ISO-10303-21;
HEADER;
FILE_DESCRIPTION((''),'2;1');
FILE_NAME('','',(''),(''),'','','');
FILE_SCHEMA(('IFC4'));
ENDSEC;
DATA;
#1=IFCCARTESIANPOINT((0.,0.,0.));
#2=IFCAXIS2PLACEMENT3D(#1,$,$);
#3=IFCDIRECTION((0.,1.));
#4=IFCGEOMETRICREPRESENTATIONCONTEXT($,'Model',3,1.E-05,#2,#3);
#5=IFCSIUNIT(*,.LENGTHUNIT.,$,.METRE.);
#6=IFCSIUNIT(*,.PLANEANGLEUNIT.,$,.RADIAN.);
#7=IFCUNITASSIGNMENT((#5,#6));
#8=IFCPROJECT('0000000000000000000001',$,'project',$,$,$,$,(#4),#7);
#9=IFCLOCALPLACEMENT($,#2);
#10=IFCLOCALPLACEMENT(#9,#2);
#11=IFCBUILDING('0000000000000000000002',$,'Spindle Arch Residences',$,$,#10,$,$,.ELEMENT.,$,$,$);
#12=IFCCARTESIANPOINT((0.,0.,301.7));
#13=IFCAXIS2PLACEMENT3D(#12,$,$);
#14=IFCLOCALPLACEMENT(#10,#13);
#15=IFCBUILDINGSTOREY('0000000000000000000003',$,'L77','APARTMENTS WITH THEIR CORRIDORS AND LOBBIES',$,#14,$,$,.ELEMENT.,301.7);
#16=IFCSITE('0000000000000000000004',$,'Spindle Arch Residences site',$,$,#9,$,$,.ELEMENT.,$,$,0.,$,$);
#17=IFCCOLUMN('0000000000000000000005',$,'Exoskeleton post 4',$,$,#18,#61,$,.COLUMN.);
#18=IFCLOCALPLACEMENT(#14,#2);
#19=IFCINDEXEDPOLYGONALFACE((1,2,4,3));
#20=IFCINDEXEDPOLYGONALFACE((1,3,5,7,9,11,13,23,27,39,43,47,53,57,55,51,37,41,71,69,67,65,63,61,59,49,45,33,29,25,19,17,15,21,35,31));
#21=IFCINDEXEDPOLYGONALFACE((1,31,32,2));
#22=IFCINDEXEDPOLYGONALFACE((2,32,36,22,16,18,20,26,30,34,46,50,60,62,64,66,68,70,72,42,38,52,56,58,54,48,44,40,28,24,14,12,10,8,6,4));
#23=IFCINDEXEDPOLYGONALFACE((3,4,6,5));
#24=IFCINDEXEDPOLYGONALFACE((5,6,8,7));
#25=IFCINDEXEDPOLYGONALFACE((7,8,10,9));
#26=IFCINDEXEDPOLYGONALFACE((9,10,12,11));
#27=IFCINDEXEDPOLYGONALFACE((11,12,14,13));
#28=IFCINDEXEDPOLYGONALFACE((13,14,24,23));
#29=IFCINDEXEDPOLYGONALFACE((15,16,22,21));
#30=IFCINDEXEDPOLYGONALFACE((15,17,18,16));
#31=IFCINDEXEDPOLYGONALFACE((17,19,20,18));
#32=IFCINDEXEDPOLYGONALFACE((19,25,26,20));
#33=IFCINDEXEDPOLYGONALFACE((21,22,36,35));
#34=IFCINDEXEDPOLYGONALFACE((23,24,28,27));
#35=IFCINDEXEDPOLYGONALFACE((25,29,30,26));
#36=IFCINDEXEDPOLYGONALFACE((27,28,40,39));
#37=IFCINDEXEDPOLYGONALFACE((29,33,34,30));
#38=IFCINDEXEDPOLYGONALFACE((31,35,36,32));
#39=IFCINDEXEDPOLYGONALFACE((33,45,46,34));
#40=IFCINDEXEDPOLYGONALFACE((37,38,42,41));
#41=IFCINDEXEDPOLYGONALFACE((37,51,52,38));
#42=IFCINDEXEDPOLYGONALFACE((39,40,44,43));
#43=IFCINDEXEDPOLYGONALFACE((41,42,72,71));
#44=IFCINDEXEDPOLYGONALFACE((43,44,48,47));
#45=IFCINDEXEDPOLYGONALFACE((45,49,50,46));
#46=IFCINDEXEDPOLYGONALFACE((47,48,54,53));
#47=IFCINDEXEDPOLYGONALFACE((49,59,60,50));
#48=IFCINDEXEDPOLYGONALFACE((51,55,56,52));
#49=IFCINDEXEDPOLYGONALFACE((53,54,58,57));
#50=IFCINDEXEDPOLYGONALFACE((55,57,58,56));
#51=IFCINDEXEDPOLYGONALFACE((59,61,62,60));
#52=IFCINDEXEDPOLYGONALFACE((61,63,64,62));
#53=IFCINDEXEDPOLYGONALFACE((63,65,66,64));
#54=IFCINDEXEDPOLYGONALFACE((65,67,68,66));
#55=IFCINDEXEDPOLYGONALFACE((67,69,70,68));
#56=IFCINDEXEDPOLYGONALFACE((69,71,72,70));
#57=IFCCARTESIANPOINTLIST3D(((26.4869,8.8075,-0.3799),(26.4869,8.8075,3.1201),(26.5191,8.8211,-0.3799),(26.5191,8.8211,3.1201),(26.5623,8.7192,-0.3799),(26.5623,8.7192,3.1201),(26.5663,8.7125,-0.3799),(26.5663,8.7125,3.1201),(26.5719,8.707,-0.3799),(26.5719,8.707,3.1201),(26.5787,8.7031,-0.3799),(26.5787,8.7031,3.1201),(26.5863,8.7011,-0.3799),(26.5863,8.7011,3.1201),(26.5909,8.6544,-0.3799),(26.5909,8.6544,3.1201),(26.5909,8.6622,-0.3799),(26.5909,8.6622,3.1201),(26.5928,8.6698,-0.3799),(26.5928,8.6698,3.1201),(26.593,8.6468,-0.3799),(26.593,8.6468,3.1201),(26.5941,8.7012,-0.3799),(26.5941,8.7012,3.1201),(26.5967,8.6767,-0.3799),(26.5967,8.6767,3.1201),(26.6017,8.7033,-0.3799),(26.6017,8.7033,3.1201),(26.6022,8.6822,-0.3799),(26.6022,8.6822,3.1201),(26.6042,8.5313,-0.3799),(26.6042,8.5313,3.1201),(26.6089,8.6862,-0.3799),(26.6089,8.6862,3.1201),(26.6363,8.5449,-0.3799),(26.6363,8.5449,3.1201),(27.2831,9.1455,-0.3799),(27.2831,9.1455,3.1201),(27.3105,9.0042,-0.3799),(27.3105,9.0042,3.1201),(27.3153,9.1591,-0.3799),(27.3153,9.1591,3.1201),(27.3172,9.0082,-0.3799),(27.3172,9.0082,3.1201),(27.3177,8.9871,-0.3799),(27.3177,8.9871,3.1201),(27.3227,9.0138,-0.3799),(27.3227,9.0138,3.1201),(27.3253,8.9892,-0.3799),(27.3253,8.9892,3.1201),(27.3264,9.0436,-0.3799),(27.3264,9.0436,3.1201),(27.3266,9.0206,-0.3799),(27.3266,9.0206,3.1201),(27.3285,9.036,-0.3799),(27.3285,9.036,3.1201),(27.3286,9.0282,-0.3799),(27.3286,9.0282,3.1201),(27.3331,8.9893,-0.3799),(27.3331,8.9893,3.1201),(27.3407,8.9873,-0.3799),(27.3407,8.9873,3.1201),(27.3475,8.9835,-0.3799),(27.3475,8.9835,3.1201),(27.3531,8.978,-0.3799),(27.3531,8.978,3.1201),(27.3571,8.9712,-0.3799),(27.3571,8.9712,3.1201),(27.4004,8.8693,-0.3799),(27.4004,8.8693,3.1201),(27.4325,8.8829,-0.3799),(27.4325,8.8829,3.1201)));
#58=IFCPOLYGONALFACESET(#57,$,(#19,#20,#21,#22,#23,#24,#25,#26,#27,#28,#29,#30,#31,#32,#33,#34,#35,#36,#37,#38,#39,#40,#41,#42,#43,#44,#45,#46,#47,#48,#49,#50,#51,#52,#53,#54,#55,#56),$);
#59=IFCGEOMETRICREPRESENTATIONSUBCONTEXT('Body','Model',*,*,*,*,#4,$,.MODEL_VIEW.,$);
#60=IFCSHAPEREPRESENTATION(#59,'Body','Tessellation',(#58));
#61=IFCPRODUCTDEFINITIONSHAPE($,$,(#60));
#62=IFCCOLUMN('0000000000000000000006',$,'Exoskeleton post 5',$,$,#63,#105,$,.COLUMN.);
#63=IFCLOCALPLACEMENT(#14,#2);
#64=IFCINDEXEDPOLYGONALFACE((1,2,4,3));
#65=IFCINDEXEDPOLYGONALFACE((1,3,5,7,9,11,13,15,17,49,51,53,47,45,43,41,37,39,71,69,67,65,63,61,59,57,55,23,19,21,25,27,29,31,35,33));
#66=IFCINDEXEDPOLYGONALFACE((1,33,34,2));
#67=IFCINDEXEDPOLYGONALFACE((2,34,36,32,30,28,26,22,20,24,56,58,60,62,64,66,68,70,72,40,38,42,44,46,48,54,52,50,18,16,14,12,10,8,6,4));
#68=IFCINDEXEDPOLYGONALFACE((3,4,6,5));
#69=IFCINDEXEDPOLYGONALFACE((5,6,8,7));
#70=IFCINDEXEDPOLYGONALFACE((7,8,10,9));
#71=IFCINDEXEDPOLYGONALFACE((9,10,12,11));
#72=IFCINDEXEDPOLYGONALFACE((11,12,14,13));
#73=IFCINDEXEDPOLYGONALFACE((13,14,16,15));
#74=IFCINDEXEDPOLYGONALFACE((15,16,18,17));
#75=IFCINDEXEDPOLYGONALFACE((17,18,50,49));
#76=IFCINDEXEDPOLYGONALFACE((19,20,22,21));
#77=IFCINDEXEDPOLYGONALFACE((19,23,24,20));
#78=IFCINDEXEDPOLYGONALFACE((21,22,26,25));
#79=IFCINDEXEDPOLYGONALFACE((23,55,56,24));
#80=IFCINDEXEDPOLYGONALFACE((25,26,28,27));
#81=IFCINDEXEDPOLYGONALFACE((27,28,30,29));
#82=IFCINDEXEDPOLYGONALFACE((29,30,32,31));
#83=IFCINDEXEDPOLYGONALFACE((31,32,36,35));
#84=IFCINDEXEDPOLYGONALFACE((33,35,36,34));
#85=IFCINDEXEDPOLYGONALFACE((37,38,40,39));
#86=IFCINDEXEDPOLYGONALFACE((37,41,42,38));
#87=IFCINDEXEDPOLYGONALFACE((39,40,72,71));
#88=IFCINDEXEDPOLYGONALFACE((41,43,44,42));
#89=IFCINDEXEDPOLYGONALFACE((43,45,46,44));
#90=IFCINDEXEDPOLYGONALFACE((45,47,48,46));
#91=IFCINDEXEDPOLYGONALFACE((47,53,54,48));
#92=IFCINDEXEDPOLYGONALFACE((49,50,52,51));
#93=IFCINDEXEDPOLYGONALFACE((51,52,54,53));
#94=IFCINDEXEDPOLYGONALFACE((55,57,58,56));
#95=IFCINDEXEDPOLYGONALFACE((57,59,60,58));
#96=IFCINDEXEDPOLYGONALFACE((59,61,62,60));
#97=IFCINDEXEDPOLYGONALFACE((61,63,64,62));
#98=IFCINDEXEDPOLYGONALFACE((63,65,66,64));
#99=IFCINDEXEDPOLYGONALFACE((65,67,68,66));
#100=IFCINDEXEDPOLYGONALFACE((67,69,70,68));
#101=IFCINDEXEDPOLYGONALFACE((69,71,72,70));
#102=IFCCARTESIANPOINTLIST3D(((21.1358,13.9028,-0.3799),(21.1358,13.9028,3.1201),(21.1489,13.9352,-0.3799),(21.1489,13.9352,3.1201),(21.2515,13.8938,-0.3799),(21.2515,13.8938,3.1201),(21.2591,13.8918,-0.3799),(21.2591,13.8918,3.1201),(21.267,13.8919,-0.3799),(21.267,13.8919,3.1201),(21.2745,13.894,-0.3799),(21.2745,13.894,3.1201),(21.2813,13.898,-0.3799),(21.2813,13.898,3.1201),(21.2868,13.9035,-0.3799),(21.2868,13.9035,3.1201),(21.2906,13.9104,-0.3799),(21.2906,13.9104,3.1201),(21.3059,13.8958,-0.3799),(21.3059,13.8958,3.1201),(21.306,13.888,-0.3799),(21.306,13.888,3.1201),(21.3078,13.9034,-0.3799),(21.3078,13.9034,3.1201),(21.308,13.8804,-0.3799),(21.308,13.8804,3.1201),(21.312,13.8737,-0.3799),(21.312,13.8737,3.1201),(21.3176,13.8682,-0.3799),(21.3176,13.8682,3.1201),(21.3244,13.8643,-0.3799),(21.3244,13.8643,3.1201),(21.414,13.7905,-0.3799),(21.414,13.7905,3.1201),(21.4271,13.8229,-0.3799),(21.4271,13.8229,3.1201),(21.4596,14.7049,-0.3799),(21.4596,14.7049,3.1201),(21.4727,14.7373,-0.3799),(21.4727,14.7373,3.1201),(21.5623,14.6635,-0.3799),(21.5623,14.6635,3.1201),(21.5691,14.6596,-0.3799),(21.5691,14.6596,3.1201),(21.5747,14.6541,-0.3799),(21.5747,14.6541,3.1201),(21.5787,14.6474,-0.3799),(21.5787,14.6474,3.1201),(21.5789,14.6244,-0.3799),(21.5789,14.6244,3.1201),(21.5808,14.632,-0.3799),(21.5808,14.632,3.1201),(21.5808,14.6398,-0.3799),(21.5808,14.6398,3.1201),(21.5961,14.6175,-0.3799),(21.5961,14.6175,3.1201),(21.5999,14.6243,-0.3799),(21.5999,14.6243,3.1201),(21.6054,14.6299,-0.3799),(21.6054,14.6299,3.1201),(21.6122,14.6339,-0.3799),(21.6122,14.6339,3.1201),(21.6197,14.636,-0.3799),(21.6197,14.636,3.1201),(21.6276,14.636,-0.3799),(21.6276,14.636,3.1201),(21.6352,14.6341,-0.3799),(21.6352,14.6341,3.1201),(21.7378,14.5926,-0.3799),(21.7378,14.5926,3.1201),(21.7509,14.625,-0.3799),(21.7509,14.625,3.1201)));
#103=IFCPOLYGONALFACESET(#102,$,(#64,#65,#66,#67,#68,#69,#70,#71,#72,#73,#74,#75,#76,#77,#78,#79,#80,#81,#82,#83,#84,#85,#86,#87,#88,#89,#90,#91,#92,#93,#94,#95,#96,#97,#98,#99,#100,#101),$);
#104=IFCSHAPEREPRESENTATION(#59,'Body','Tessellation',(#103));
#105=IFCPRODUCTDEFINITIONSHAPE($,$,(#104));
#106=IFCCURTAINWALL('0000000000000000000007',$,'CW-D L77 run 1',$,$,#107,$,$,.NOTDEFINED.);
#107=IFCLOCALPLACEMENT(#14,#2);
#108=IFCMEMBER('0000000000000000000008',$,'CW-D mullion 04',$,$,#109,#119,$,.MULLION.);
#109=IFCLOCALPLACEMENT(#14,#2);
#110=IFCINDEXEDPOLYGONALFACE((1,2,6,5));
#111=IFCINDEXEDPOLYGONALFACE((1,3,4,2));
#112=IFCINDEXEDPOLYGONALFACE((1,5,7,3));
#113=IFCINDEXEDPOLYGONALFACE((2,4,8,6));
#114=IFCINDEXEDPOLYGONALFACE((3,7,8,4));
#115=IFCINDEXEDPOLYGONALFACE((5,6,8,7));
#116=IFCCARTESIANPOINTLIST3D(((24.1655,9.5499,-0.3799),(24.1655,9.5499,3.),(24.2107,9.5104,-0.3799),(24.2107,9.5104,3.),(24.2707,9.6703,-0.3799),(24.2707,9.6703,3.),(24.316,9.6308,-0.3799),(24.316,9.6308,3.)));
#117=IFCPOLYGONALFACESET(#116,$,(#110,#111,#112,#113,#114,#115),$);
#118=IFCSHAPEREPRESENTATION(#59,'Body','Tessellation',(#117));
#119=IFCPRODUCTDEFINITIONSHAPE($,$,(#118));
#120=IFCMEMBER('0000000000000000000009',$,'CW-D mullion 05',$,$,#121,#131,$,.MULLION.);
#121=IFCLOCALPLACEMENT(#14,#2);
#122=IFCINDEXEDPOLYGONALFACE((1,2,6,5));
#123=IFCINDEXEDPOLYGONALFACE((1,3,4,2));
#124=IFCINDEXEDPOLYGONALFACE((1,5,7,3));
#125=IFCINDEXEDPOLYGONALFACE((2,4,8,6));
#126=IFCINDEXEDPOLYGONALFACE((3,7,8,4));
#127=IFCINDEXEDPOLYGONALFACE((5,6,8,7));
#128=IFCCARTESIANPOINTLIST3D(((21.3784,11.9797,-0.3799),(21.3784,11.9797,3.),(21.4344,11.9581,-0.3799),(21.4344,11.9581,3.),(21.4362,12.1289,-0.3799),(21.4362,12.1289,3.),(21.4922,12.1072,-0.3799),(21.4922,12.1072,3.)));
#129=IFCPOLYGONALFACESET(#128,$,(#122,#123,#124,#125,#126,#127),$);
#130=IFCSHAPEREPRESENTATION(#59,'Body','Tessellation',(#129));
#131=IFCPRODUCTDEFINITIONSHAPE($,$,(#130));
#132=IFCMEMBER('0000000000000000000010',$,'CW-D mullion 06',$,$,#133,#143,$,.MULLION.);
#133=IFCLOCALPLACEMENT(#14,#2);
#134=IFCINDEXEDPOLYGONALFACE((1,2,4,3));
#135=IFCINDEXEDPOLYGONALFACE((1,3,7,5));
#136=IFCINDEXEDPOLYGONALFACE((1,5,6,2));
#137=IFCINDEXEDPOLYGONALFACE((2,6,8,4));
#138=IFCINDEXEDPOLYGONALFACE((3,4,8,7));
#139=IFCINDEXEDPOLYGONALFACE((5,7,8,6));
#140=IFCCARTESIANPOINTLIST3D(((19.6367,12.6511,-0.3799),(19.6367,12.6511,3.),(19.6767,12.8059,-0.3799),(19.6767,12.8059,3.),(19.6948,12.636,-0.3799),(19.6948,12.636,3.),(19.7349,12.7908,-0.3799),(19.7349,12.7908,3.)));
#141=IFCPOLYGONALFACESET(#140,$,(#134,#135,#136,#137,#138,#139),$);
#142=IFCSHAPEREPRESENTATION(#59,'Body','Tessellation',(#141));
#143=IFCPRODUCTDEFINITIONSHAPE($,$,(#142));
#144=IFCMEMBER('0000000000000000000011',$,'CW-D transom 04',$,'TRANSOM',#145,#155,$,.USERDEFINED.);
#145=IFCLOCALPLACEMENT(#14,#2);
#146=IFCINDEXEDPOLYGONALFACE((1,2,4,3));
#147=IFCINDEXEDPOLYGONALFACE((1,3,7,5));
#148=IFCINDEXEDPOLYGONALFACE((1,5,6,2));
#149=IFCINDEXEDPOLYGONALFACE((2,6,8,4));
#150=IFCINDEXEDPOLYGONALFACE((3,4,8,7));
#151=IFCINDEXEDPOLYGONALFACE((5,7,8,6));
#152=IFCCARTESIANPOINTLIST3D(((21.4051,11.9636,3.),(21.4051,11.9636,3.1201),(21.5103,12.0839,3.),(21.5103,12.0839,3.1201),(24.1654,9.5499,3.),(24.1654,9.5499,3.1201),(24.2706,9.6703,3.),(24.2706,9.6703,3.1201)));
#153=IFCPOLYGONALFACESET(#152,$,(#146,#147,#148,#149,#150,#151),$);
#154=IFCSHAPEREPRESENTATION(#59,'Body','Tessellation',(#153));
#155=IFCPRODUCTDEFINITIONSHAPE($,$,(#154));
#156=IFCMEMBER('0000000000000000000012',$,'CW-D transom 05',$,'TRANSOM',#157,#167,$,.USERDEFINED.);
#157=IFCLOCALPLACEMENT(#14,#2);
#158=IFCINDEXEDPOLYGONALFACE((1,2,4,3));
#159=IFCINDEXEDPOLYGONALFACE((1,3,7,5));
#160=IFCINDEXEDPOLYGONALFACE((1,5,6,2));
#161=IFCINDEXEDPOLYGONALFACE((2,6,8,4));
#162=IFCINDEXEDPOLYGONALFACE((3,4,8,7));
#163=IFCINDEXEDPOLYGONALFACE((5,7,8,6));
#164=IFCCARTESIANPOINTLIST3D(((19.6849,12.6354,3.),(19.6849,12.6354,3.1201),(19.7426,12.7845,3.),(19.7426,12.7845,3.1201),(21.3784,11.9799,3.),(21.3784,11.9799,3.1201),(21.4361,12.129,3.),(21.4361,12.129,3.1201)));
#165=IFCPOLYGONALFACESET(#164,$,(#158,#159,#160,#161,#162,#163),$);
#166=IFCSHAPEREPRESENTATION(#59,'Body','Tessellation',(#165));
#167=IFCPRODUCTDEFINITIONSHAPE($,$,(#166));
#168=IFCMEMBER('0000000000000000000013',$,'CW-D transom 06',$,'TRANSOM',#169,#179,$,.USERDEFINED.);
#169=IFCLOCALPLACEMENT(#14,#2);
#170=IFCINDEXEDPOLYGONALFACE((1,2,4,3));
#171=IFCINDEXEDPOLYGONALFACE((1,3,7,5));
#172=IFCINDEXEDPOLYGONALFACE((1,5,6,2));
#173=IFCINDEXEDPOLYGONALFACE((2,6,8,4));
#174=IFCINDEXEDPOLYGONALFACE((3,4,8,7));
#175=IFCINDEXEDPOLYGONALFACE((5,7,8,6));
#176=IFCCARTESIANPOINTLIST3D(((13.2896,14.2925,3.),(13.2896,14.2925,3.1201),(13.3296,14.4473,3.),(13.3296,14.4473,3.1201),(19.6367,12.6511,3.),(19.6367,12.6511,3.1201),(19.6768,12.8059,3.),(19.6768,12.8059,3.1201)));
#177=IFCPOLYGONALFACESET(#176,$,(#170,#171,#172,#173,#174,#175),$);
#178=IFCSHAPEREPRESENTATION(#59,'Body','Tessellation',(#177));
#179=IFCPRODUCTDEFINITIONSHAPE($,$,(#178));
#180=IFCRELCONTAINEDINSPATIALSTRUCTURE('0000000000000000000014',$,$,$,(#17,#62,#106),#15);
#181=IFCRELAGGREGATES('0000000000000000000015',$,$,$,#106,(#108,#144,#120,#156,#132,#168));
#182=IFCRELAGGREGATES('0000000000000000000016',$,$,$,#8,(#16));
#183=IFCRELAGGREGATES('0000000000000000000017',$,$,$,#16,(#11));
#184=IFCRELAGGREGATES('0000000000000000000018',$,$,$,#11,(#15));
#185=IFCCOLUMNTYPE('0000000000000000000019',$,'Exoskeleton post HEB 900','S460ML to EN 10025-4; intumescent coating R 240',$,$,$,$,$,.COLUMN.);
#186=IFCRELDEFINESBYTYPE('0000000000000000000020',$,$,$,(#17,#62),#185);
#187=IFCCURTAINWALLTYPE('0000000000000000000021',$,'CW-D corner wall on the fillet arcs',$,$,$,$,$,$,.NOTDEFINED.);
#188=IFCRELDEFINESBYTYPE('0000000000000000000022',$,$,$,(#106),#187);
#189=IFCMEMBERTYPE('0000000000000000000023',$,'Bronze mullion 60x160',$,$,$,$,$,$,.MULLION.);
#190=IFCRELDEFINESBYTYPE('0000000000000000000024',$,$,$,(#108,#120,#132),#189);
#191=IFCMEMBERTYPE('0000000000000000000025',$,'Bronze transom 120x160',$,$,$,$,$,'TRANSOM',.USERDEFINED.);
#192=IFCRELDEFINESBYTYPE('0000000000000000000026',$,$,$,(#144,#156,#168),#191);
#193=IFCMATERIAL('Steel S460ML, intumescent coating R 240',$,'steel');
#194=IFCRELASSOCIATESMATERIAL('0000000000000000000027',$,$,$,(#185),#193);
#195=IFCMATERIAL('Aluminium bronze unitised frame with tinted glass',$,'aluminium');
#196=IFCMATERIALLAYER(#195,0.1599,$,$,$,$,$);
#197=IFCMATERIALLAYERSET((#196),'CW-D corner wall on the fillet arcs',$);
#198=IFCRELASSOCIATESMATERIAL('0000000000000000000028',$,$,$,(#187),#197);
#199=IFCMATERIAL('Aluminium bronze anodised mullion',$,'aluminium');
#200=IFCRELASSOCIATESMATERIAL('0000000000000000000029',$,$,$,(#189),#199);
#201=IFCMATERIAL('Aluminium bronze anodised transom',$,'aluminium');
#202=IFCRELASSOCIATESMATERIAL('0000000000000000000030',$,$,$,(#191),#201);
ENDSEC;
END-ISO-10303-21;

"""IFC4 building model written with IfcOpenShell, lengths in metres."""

from ifc_helpers import new_model, si_unit, direction, frame, origin, origin_2d, place, context, subcontext, project, spatial, rectangle, i_section, extrude, material, layer, layer_set, material_profile, profile_set, type_object, element, aggregate, save


model = new_model("IFC4")

# Units and contexts
model_context = context("Model", 3, precision=1e-05, world=origin(), true_north=direction((0.0, 1.0)))
body_context = subcontext(model_context, "Body", "Model", "MODEL_VIEW")
ifc_project = project(units=[si_unit("LENGTHUNIT", "METRE"), si_unit("PLANEANGLEUNIT", "RADIAN")], contexts=[model_context])

# Site, building, storey
site_placement = place(None, origin())
site = spatial("IfcSite", under=ifc_project, at=site_placement, Name="Spindle Arch Residences site", CompositionType="ELEMENT", RefElevation=0.0)
building_placement = place(site_placement, origin())
building = spatial("IfcBuilding", under=site, at=building_placement, Name="Spindle Arch Residences", CompositionType="ELEMENT")
storey_placement = place(building_placement, frame((0.0, 0.0, 301.7)))
storey = spatial("IfcBuildingStorey", under=building, at=storey_placement, Name="L77", Description="APARTMENTS WITH THEIR CORRIDORS AND LOBBIES", CompositionType="ELEMENT", Elevation=301.7)

# Columns
ifc_material_1 = material(Name="Steel S460ML, intumescent coating R 240", Category="steel")
ifc_material_profile_1 = material_profile(ifc_material_1, i_section(OverallWidth=0.3, OverallDepth=0.8999, WebThickness=0.0186, FlangeThickness=0.0349, FilletRadius=0.03, at=origin_2d()), Name="HEB 900")
ifc_profile_set_1 = profile_set([ifc_material_profile_1], Name="Steel S460ML, intumescent coating R 240")
column_type = type_object("IfcColumnType", Name="Exoskeleton post HEB 900", Description="S460ML to EN 10025-4; intumescent coating R 240", PredefinedType="COLUMN", material=ifc_profile_set_1)
for number, where, z_axis, x_axis, name in (
    (1, (26.9597, 8.8452, -0.3799), (0.0, 0.0, 1.0), (0.39077, -0.920488, 0.0), "Exoskeleton post 4"),
    (2, (21.4434, 14.2639, -0.3799), (0.0, 0.0, 1.0), (0.927295, -0.374332, 0.0), "Exoskeleton post 5"),
):
    element("IfcColumn", number, at=place(storey_placement, frame(where, z_axis=z_axis, x_axis=x_axis)), inside=storey, type_object=column_type, Name=name, PredefinedType="COLUMN", context=body_context, shape_type="SweptSolid", body=[
        extrude(i_section(OverallWidth=0.3, OverallDepth=0.8999, WebThickness=0.0186, FlangeThickness=0.0349, FilletRadius=0.03, at=origin_2d()), origin(), (0.0, 0.0, 1.0), 3.5),
    ])

# Curtain wall, members
ifc_material_2 = material(Name="Aluminium bronze unitised frame with tinted glass", Category="aluminium")
ifc_layer_1 = layer(ifc_material_2, 0.1599)
ifc_layer_set_1 = layer_set([ifc_layer_1], Name="CW-D corner wall on the fillet arcs")
curtain_wall_type = type_object("IfcCurtainWallType", Name="CW-D corner wall on the fillet arcs", PredefinedType="NOTDEFINED", material=ifc_layer_set_1)
curtain_wall_placement = place(storey_placement, origin())
curtain_wall = element("IfcCurtainWall", 3, at=curtain_wall_placement, inside=storey, type_object=curtain_wall_type, Name="CW-D L77 run 1", PredefinedType="NOTDEFINED")
ifc_material_3 = material(Name="Aluminium bronze anodised mullion", Category="aluminium")
ifc_material_profile_2 = material_profile(ifc_material_3, rectangle(XDim=0.1599, YDim=0.0601, at=origin_2d()), Name="MU 60x160")
ifc_profile_set_2 = profile_set([ifc_material_profile_2], Name="Aluminium bronze anodised mullion")
member_type_1 = type_object("IfcMemberType", Name="Bronze mullion 60x160", PredefinedType="MULLION", material=ifc_profile_set_2)
member_1_placement = place(storey_placement, frame((24.2407, 9.5903, -0.3799), z_axis=(0.0, 0.0, 1.0), x_axis=(-0.658252, -0.752798, 0.0)))
member_1 = element("IfcMember", 4, at=member_1_placement, type_object=member_type_1, Name="CW-D mullion 04", PredefinedType="MULLION", context=body_context, shape_type="SweptSolid", body=[
    extrude(rectangle(XDim=0.1599, YDim=0.0601, at=origin_2d()), origin(), (0.0, 0.0, 1.0), 3.3799),
])
member_2_placement = place(storey_placement, frame((21.4353, 12.0435, -0.3799), z_axis=(0.0, 0.0, 1.0), x_axis=(-0.361082, -0.932534, 0.0)))
member_2 = element("IfcMember", 5, at=member_2_placement, type_object=member_type_1, Name="CW-D mullion 05", PredefinedType="MULLION", context=body_context, shape_type="SweptSolid", body=[
    extrude(rectangle(XDim=0.1599, YDim=0.0601, at=origin_2d()), origin(), (0.0, 0.0, 1.0), 3.3799),
])
member_3_placement = place(storey_placement, frame((19.6858, 12.7209, -0.3799), z_axis=(0.0, 0.0, 1.0), x_axis=(-0.25038, -0.968148, 0.0)))
member_3 = element("IfcMember", 6, at=member_3_placement, type_object=member_type_1, Name="CW-D mullion 06", PredefinedType="MULLION", context=body_context, shape_type="SweptSolid", body=[
    extrude(rectangle(XDim=0.1599, YDim=0.0601, at=origin_2d()), origin(), (0.0, 0.0, 1.0), 3.3799),
])
ifc_material_4 = material(Name="Aluminium bronze anodised transom", Category="aluminium")
ifc_material_profile_3 = material_profile(ifc_material_4, rectangle(XDim=0.1599, YDim=0.1201, at=origin_2d()), Name="TR 120x160")
ifc_profile_set_3 = profile_set([ifc_material_profile_3], Name="Aluminium bronze anodised transom")
member_type_2 = type_object("IfcMemberType", Name="Bronze transom 120x160", ElementType="TRANSOM", PredefinedType="USERDEFINED", material=ifc_profile_set_3)
member_4_placement = place(storey_placement, frame((24.218, 9.6101, 3.0601), z_axis=(-0.752799, 0.65825, 0.0), x_axis=(-0.65825, -0.752799, 0.0)))
member_4 = element("IfcMember", 7, at=member_4_placement, type_object=member_type_2, Name="CW-D transom 04", ObjectType="TRANSOM", PredefinedType="USERDEFINED", context=body_context, shape_type="SweptSolid", body=[
    extrude(rectangle(XDim=0.1599, YDim=0.1201, at=origin_2d()), origin(), (0.0, 0.0, 1.0), 3.6667),
])
member_5_placement = place(storey_placement, frame((21.4072, 12.0544, 3.0601), z_axis=(-0.932581, 0.36096, 0.0), x_axis=(-0.36096, -0.932581, 0.0)))
member_5 = element("IfcMember", 8, at=member_5_placement, type_object=member_type_2, Name="CW-D transom 05", ObjectType="TRANSOM", PredefinedType="USERDEFINED", context=body_context, shape_type="SweptSolid", body=[
    extrude(rectangle(XDim=0.1599, YDim=0.1201, at=origin_2d()), origin(), (0.0, 0.0, 1.0), 1.8159),
])
member_6_placement = place(storey_placement, frame((19.6567, 12.7285, 3.0601), z_axis=(-0.968153, 0.250361, 0.0), x_axis=(-0.250361, -0.968153, 0.0)))
member_6 = element("IfcMember", 9, at=member_6_placement, type_object=member_type_2, Name="CW-D transom 06", ObjectType="TRANSOM", PredefinedType="USERDEFINED", context=body_context, shape_type="SweptSolid", body=[
    extrude(rectangle(XDim=0.1599, YDim=0.1201, at=origin_2d()), origin(), (0.0, 0.0, 1.0), 6.5559),
])

aggregate(curtain_wall, [member_1, member_4, member_2, member_5, member_3, member_6])

save(model, "model.ifc")
